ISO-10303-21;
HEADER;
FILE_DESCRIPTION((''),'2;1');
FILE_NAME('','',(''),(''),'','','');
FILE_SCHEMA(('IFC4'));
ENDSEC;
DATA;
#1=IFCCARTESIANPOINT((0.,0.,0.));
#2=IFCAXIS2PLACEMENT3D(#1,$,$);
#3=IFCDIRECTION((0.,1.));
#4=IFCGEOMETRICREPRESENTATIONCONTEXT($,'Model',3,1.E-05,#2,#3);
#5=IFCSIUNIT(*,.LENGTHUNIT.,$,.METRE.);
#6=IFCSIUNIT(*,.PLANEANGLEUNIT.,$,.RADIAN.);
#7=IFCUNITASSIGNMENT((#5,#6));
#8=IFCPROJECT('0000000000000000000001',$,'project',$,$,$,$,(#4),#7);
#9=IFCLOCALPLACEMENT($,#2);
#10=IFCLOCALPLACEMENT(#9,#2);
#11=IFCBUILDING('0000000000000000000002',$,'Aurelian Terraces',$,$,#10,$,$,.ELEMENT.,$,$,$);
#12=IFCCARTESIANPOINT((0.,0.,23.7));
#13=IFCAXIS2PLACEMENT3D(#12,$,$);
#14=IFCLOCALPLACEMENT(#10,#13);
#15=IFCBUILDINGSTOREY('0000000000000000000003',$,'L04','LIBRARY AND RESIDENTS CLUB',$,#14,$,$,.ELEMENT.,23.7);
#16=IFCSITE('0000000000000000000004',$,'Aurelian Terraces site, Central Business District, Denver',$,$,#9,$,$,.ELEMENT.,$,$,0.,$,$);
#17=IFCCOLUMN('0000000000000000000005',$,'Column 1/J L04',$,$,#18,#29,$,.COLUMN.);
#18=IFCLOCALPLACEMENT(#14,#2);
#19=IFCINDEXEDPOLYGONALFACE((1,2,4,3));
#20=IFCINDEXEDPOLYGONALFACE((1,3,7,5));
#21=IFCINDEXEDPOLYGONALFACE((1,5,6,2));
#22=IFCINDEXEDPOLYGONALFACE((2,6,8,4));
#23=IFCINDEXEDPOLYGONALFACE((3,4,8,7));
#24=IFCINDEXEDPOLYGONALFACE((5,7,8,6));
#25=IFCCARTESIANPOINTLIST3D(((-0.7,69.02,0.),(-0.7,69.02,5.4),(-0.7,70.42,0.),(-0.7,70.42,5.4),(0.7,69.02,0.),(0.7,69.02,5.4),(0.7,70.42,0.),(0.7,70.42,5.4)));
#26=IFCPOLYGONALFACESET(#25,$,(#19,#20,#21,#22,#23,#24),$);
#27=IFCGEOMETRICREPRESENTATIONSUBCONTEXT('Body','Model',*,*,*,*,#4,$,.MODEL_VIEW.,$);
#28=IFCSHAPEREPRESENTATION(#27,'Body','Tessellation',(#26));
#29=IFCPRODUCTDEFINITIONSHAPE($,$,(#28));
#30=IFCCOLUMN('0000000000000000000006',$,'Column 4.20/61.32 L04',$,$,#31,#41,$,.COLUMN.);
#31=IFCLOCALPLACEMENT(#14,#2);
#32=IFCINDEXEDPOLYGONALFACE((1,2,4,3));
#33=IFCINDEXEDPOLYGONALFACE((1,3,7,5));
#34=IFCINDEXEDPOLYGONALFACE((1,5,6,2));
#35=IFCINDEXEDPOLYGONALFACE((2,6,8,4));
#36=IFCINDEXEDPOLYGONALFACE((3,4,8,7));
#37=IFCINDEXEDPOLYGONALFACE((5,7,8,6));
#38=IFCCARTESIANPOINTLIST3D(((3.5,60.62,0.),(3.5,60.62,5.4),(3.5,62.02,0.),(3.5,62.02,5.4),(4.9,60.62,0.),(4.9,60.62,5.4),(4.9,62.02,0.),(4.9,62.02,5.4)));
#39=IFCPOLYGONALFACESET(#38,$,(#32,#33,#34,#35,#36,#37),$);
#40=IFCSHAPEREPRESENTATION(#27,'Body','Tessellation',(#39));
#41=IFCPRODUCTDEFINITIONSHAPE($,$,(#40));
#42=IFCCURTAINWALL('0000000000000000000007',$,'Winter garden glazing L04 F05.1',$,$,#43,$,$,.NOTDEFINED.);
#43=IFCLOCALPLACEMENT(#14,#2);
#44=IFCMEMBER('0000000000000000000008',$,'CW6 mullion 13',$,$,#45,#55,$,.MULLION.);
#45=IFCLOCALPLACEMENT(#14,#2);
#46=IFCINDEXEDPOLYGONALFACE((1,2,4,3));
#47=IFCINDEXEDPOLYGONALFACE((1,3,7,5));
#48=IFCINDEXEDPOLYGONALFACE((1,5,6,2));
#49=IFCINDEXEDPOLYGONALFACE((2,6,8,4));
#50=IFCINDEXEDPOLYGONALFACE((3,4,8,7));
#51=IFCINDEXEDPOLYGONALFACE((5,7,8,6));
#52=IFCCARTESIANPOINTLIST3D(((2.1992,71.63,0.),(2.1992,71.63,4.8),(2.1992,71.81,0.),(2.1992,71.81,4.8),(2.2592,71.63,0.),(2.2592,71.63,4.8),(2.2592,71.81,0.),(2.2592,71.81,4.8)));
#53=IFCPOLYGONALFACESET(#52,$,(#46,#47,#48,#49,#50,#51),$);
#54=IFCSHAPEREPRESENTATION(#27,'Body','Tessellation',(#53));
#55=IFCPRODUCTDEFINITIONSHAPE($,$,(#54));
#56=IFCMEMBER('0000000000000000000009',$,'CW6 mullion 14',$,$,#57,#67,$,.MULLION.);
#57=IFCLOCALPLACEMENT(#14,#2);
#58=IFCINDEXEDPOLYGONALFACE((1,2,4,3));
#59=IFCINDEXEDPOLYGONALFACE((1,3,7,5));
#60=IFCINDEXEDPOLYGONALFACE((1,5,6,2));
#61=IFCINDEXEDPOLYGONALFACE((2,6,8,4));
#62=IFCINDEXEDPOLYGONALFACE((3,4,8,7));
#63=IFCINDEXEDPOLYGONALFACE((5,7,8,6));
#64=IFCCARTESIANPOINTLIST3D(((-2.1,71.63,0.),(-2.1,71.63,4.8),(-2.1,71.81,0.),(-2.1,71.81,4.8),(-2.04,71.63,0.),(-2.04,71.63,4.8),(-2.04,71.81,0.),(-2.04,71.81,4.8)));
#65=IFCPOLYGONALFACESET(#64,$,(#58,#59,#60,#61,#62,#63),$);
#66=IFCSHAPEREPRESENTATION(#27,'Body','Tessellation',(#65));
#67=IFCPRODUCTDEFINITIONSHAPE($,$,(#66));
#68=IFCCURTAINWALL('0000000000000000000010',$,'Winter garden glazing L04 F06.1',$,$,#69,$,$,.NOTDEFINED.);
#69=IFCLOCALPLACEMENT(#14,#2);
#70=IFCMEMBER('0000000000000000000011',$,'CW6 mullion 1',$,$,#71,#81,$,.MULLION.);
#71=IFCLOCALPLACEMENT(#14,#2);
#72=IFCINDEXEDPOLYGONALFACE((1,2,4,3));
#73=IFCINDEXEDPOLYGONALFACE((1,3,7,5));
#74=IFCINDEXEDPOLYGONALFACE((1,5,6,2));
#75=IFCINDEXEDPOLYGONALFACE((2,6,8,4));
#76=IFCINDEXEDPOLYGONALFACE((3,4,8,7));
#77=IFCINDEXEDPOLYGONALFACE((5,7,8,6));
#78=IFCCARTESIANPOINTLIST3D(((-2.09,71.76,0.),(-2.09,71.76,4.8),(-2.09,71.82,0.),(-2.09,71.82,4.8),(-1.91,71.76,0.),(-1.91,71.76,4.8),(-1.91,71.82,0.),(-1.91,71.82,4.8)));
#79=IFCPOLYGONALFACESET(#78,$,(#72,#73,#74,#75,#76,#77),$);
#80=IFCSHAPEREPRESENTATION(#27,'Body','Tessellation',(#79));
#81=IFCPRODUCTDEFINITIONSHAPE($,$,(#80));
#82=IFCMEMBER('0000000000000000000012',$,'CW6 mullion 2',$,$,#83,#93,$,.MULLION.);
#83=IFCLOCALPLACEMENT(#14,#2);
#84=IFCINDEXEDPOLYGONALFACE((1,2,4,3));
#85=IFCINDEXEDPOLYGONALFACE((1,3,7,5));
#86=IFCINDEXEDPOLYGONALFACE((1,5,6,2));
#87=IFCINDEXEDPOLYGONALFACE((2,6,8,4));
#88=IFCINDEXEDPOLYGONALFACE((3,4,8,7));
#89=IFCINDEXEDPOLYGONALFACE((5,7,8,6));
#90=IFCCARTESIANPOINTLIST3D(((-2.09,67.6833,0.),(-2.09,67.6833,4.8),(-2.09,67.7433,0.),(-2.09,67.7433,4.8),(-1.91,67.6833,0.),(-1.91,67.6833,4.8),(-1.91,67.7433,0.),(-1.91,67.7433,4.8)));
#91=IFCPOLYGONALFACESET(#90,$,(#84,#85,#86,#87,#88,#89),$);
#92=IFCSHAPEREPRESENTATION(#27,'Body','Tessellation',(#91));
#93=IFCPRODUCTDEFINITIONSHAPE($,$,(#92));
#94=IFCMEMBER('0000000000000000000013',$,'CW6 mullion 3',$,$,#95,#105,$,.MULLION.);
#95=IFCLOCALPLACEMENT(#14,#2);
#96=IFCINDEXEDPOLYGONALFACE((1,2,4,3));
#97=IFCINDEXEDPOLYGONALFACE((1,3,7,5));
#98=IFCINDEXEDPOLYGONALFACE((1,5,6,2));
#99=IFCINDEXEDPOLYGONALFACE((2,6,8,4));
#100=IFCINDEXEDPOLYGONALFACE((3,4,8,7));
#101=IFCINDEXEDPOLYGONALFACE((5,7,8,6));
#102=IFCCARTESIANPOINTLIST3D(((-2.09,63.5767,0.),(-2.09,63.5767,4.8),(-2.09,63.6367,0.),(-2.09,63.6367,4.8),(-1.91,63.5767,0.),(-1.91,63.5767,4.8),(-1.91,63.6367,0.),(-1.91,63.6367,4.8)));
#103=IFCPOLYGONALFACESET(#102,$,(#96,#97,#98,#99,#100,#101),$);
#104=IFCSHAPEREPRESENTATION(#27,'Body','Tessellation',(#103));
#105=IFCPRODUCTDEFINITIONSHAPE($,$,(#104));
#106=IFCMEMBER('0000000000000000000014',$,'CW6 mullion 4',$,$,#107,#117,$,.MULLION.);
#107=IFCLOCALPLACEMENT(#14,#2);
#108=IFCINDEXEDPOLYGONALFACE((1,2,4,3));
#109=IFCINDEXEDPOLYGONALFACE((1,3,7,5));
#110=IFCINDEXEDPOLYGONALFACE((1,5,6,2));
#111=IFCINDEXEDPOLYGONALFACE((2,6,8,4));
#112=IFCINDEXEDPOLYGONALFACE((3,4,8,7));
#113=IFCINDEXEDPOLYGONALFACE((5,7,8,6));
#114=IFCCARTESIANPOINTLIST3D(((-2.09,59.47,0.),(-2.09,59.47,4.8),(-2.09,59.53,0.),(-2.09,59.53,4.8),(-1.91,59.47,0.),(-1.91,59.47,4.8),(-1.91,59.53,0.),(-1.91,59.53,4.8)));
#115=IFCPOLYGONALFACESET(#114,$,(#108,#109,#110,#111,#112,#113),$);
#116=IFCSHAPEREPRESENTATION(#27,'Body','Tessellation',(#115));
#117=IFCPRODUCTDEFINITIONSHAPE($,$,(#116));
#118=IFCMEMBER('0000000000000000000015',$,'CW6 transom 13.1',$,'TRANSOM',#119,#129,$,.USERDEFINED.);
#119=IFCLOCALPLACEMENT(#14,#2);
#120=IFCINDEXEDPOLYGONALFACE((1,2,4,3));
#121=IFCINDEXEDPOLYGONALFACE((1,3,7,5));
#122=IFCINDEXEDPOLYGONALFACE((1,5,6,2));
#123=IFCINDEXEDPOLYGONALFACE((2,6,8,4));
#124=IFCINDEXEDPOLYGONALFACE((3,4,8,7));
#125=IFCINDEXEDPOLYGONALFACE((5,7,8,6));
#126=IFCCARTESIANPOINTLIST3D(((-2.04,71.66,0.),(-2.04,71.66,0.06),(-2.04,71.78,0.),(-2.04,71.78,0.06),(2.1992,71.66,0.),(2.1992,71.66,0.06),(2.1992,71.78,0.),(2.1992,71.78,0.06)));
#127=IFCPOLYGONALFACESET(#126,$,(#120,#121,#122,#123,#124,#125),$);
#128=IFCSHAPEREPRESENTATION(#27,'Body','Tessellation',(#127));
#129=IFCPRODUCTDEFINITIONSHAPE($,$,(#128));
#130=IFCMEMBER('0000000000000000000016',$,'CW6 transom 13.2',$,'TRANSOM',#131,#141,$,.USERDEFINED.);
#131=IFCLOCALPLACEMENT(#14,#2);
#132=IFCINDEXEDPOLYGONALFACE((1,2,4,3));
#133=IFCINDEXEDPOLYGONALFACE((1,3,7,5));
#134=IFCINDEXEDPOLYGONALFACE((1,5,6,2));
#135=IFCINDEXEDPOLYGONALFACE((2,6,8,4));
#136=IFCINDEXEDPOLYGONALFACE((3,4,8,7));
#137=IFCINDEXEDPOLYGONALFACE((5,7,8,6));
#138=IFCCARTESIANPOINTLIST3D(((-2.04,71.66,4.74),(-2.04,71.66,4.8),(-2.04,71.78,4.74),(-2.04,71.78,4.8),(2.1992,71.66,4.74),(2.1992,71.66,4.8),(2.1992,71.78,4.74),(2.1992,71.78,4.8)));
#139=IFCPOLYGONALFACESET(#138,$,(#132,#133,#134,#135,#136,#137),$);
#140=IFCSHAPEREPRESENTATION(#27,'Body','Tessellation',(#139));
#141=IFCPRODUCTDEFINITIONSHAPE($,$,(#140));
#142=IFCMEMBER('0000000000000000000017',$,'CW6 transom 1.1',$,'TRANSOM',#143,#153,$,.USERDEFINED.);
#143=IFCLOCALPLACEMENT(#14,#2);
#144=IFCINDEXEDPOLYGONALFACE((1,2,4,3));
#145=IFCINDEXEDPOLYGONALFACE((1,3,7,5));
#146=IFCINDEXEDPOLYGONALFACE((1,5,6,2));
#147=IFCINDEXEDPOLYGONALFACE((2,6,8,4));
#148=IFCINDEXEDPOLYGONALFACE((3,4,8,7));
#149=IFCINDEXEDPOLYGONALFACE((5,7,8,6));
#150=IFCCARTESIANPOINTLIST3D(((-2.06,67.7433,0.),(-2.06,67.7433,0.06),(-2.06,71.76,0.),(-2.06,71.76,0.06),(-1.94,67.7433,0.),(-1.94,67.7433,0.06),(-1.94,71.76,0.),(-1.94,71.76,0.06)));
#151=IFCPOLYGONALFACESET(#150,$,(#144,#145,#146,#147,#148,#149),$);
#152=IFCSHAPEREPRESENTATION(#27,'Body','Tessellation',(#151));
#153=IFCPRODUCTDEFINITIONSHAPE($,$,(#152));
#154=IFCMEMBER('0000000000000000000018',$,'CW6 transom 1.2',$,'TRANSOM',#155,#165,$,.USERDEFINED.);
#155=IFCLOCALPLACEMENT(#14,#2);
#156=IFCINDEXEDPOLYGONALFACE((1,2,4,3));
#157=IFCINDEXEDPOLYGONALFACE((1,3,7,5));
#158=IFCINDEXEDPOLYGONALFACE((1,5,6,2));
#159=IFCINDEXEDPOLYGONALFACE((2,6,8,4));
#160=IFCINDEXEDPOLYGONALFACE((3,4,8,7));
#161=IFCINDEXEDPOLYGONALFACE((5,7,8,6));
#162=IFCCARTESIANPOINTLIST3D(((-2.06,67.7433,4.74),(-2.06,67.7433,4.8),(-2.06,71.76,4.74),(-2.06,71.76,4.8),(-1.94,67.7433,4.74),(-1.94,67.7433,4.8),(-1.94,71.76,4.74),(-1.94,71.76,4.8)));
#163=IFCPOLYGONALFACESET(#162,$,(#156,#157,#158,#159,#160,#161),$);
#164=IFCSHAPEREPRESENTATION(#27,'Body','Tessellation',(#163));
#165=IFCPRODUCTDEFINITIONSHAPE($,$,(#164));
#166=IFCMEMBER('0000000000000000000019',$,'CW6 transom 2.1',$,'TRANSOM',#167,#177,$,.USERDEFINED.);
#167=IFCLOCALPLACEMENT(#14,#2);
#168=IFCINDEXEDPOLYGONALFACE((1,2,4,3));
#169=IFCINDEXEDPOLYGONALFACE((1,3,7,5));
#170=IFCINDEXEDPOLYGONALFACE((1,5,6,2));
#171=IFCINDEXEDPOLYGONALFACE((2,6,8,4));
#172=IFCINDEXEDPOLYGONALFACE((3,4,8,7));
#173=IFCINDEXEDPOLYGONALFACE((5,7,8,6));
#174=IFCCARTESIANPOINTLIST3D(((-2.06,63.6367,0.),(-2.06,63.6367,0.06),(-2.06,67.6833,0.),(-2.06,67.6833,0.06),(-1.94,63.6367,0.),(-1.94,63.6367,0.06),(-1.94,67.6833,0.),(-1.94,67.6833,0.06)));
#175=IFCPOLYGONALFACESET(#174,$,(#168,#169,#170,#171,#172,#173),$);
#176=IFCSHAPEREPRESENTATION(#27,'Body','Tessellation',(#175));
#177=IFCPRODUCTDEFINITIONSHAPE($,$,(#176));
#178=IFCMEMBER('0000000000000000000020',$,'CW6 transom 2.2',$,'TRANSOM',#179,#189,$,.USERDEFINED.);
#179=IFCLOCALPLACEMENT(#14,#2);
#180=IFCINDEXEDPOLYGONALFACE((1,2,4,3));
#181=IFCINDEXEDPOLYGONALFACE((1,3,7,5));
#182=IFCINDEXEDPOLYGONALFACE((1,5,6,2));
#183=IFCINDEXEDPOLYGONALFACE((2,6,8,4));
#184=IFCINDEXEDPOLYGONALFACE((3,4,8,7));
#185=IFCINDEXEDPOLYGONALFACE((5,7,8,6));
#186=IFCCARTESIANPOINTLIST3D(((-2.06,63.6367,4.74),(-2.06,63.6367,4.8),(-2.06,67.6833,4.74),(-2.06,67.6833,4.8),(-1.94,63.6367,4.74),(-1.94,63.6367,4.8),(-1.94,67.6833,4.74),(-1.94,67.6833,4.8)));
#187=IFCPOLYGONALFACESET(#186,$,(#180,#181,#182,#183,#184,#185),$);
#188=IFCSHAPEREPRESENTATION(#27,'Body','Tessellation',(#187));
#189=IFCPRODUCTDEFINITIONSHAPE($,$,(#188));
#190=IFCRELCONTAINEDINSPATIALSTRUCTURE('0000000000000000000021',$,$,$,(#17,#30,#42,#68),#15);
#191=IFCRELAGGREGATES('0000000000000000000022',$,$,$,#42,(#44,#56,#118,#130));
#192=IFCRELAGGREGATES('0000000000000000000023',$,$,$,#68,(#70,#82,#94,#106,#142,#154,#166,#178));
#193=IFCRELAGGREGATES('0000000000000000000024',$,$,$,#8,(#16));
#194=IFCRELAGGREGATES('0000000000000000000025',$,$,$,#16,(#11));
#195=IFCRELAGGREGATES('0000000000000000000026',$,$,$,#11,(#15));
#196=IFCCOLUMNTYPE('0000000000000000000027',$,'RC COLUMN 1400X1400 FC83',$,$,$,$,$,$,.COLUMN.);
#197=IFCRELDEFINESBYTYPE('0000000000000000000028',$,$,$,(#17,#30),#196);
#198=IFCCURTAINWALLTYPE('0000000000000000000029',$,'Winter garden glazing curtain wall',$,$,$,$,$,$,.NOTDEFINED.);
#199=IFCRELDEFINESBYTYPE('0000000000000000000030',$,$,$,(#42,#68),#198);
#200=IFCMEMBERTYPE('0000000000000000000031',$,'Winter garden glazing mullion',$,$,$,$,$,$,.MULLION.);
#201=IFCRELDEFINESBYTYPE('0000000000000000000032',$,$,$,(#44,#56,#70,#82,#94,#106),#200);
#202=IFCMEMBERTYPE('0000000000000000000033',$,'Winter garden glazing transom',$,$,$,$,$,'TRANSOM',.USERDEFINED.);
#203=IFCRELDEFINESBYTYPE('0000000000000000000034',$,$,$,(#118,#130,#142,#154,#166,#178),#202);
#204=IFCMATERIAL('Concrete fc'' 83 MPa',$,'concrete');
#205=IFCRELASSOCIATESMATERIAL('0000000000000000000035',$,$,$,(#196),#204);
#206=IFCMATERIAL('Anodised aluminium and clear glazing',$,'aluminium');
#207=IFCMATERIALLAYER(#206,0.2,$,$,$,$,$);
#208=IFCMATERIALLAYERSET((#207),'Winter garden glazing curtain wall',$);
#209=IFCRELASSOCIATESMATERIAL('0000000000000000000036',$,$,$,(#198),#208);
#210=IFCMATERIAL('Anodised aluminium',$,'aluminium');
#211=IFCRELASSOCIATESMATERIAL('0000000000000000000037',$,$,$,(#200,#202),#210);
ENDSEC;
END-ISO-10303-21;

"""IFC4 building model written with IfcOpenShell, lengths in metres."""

from ifc_helpers import new_model, si_unit, direction, frame, origin, origin_2d, place, context, subcontext, project, spatial, rectangle, extrude, source, transform, mapped, material, layer, layer_set, material_profile, profile_set, type_object, element, aggregate, save


model = new_model("IFC4")

# Units and contexts
model_context = context("Model", 3, precision=1e-05, world=origin(), true_north=direction((0.0, 1.0)))
body_context = subcontext(model_context, "Body", "Model", "MODEL_VIEW")
ifc_project = project(units=[si_unit("LENGTHUNIT", "METRE"), si_unit("PLANEANGLEUNIT", "RADIAN")], contexts=[model_context])

# Site, building, storey
site_placement = place(None, origin())
site = spatial("IfcSite", under=ifc_project, at=site_placement, Name="Aurelian Terraces site, Central Business District, Denver", CompositionType="ELEMENT", RefElevation=0.0)
building_placement = place(site_placement, origin())
building = spatial("IfcBuilding", under=site, at=building_placement, Name="Aurelian Terraces", CompositionType="ELEMENT")
storey_placement = place(building_placement, frame((0.0, 0.0, 23.7)))
storey = spatial("IfcBuildingStorey", under=building, at=storey_placement, Name="L04", Description="LIBRARY AND RESIDENTS CLUB", CompositionType="ELEMENT", Elevation=23.7)

# Columns
ifc_material_1 = material(Name="Concrete fc' 83 MPa", Category="concrete")
ifc_material_profile_1 = material_profile(ifc_material_1, rectangle(XDim=1.4, YDim=1.4, at=origin_2d()))
ifc_profile_set_1 = profile_set([ifc_material_profile_1], Name="Concrete fc' 83 MPa")
column_type = type_object("IfcColumnType", Name="RC COLUMN 1400X1400 FC83", PredefinedType="COLUMN", material=ifc_profile_set_1)
shared_shape_1 = source(origin(), body_context, "Body", "SweptSolid", [
    extrude(rectangle(XDim=1.4, YDim=1.4, at=origin_2d()), origin(), (0.0, 0.0, 1.0), 5.4),
])
for number, where, z_axis, x_axis, name in (
    (1, (0.0, 69.72, 0.0), (0.0, 0.0, 1.0), (1.0, 0.0, 0.0), "Column 1/J L04"),
    (2, (4.2, 61.32, 0.0), (0.0, 0.0, 1.0), (1.0, 0.0, 0.0), "Column 4.20/61.32 L04"),
):
    element("IfcColumn", number, at=place(storey_placement, frame(where, z_axis=z_axis, x_axis=x_axis)), inside=storey, type_object=column_type, Name=name, PredefinedType="COLUMN", context=body_context, shape_type="MappedRepresentation", body=[
        mapped(shared_shape_1, transform((0.0, 0.0, 0.0), scale=1.0)),
    ])

# Curtain walls, members
ifc_material_2 = material(Name="Anodised aluminium and clear glazing", Category="aluminium")
ifc_layer_1 = layer(ifc_material_2, 0.2)
ifc_layer_set_1 = layer_set([ifc_layer_1], Name="Winter garden glazing curtain wall")
curtain_wall_type = type_object("IfcCurtainWallType", Name="Winter garden glazing curtain wall", PredefinedType="NOTDEFINED", material=ifc_layer_set_1)
curtain_wall_1_placement = place(storey_placement, origin())
curtain_wall_1 = element("IfcCurtainWall", 3, at=curtain_wall_1_placement, inside=storey, type_object=curtain_wall_type, Name="Winter garden glazing L04 F05.1", PredefinedType="NOTDEFINED")
ifc_material_3 = material(Name="Anodised aluminium", Category="aluminium")
ifc_material_profile_2 = material_profile(ifc_material_3, rectangle(XDim=0.18, YDim=0.06, at=origin_2d()))
ifc_profile_set_2 = profile_set([ifc_material_profile_2], Name="Anodised aluminium")
member_type_1 = type_object("IfcMemberType", Name="Winter garden glazing mullion", PredefinedType="MULLION", material=ifc_profile_set_2)
shared_shape_2 = source(origin(), body_context, "Body", "SweptSolid", [
    extrude(rectangle(XDim=0.18, YDim=0.06, at=origin_2d()), origin(), (0.0, 0.0, 1.0), 4.8),
])
member_1_placement = place(storey_placement, frame((2.2292, 71.72, 0.0), z_axis=(0.0, 0.0, 1.0), x_axis=(0.0, -1.0, 0.0)))
member_1 = element("IfcMember", 4, at=member_1_placement, type_object=member_type_1, Name="CW6 mullion 13", PredefinedType="MULLION", context=body_context, shape_type="MappedRepresentation", body=[
    mapped(shared_shape_2, transform((0.0, 0.0, 0.0), scale=1.0)),
])
member_2_placement = place(storey_placement, frame((-2.07, 71.72, 0.0), z_axis=(0.0, 0.0, 1.0), x_axis=(0.0, -1.0, 0.0)))
member_2 = element("IfcMember", 5, at=member_2_placement, type_object=member_type_1, Name="CW6 mullion 14", PredefinedType="MULLION", context=body_context, shape_type="MappedRepresentation", body=[
    mapped(shared_shape_2, transform((0.0, 0.0, 0.0), scale=1.0)),
])
curtain_wall_2_placement = place(storey_placement, origin())
curtain_wall_2 = element("IfcCurtainWall", 6, at=curtain_wall_2_placement, inside=storey, type_object=curtain_wall_type, Name="Winter garden glazing L04 F06.1", PredefinedType="NOTDEFINED")
member_3_placement = place(storey_placement, frame((-2.0, 71.79, 0.0), z_axis=(0.0, 0.0, 1.0), x_axis=(1.0, 0.0, 0.0)))
member_3 = element("IfcMember", 7, at=member_3_placement, type_object=member_type_1, Name="CW6 mullion 1", PredefinedType="MULLION", context=body_context, shape_type="MappedRepresentation", body=[
    mapped(shared_shape_2, transform((0.0, 0.0, 0.0), scale=1.0)),
])
member_4_placement = place(storey_placement, frame((-2.0, 67.7133, 0.0), z_axis=(0.0, 0.0, 1.0), x_axis=(1.0, 0.0, 0.0)))
member_4 = element("IfcMember", 8, at=member_4_placement, type_object=member_type_1, Name="CW6 mullion 2", PredefinedType="MULLION", context=body_context, shape_type="MappedRepresentation", body=[
    mapped(shared_shape_2, transform((0.0, 0.0, 0.0), scale=1.0)),
])
member_5_placement = place(storey_placement, frame((-2.0, 63.6067, 0.0), z_axis=(0.0, 0.0, 1.0), x_axis=(1.0, 0.0, 0.0)))
member_5 = element("IfcMember", 9, at=member_5_placement, type_object=member_type_1, Name="CW6 mullion 3", PredefinedType="MULLION", context=body_context, shape_type="MappedRepresentation", body=[
    mapped(shared_shape_2, transform((0.0, 0.0, 0.0), scale=1.0)),
])
member_6_placement = place(storey_placement, frame((-2.0, 59.5, 0.0), z_axis=(0.0, 0.0, 1.0), x_axis=(1.0, 0.0, 0.0)))
member_6 = element("IfcMember", 10, at=member_6_placement, type_object=member_type_1, Name="CW6 mullion 4", PredefinedType="MULLION", context=body_context, shape_type="MappedRepresentation", body=[
    mapped(shared_shape_2, transform((0.0, 0.0, 0.0), scale=1.0)),
])

# Members
ifc_material_profile_3 = material_profile(ifc_material_3, rectangle(XDim=0.12, YDim=0.06, at=origin_2d()))
ifc_profile_set_3 = profile_set([ifc_material_profile_3], Name="Anodised aluminium")
member_type_2 = type_object("IfcMemberType", Name="Winter garden glazing transom", ElementType="TRANSOM", PredefinedType="USERDEFINED", material=ifc_profile_set_3)
shared_shape_3 = source(origin(), body_context, "Body", "SweptSolid", [
    extrude(rectangle(XDim=0.12, YDim=0.06, at=origin_2d()), origin(), (0.0, 0.0, 1.0), 4.2392),
])
member_7_placement = place(storey_placement, frame((2.1992, 71.72, 0.03), z_axis=(-1.0, 0.0, 0.0), x_axis=(0.0, -1.0, 0.0)))
member_7 = element("IfcMember", 11, at=member_7_placement, type_object=member_type_2, Name="CW6 transom 13.1", ObjectType="TRANSOM", PredefinedType="USERDEFINED", context=body_context, shape_type="MappedRepresentation", body=[
    mapped(shared_shape_3, transform((0.0, 0.0, 0.0), scale=1.0)),
])
member_8_placement = place(storey_placement, frame((2.1992, 71.72, 4.77), z_axis=(-1.0, 0.0, 0.0), x_axis=(0.0, -1.0, 0.0)))
member_8 = element("IfcMember", 12, at=member_8_placement, type_object=member_type_2, Name="CW6 transom 13.2", ObjectType="TRANSOM", PredefinedType="USERDEFINED", context=body_context, shape_type="MappedRepresentation", body=[
    mapped(shared_shape_3, transform((0.0, 0.0, 0.0), scale=1.0)),
])
shared_shape_4 = source(origin(), body_context, "Body", "SweptSolid", [
    extrude(rectangle(XDim=0.12, YDim=0.06, at=origin_2d()), origin(), (0.0, 0.0, 1.0), 4.0167),
])
member_9_placement = place(storey_placement, frame((-2.0, 71.76, 0.03), z_axis=(0.0, -1.0, 0.0), x_axis=(1.0, 0.0, 0.0)))
member_9 = element("IfcMember", 13, at=member_9_placement, type_object=member_type_2, Name="CW6 transom 1.1", ObjectType="TRANSOM", PredefinedType="USERDEFINED", context=body_context, shape_type="MappedRepresentation", body=[
    mapped(shared_shape_4, transform((0.0, 0.0, 0.0), scale=1.0)),
])
member_10_placement = place(storey_placement, frame((-2.0, 71.76, 4.77), z_axis=(0.0, -1.0, 0.0), x_axis=(1.0, 0.0, 0.0)))
member_10 = element("IfcMember", 14, at=member_10_placement, type_object=member_type_2, Name="CW6 transom 1.2", ObjectType="TRANSOM", PredefinedType="USERDEFINED", context=body_context, shape_type="MappedRepresentation", body=[
    mapped(shared_shape_4, transform((0.0, 0.0, 0.0), scale=1.0)),
])
shared_shape_5 = source(origin(), body_context, "Body", "SweptSolid", [
    extrude(rectangle(XDim=0.12, YDim=0.06, at=origin_2d()), origin(), (0.0, 0.0, 1.0), 4.0466),
])
member_11_placement = place(storey_placement, frame((-2.0, 67.6833, 0.03), z_axis=(0.0, -1.0, 0.0), x_axis=(1.0, 0.0, 0.0)))
member_11 = element("IfcMember", 15, at=member_11_placement, type_object=member_type_2, Name="CW6 transom 2.1", ObjectType="TRANSOM", PredefinedType="USERDEFINED", context=body_context, shape_type="MappedRepresentation", body=[
    mapped(shared_shape_5, transform((0.0, 0.0, 0.0), scale=1.0)),
])
member_12_placement = place(storey_placement, frame((-2.0, 67.6833, 4.77), z_axis=(0.0, -1.0, 0.0), x_axis=(1.0, 0.0, 0.0)))
member_12 = element("IfcMember", 16, at=member_12_placement, type_object=member_type_2, Name="CW6 transom 2.2", ObjectType="TRANSOM", PredefinedType="USERDEFINED", context=body_context, shape_type="MappedRepresentation", body=[
    mapped(shared_shape_5, transform((0.0, 0.0, 0.0), scale=1.0)),
])

aggregate(curtain_wall_1, [member_1, member_2, member_7, member_8])
aggregate(curtain_wall_2, [member_3, member_4, member_5, member_6, member_9, member_10, member_11, member_12])

save(model, "model.ifc")
